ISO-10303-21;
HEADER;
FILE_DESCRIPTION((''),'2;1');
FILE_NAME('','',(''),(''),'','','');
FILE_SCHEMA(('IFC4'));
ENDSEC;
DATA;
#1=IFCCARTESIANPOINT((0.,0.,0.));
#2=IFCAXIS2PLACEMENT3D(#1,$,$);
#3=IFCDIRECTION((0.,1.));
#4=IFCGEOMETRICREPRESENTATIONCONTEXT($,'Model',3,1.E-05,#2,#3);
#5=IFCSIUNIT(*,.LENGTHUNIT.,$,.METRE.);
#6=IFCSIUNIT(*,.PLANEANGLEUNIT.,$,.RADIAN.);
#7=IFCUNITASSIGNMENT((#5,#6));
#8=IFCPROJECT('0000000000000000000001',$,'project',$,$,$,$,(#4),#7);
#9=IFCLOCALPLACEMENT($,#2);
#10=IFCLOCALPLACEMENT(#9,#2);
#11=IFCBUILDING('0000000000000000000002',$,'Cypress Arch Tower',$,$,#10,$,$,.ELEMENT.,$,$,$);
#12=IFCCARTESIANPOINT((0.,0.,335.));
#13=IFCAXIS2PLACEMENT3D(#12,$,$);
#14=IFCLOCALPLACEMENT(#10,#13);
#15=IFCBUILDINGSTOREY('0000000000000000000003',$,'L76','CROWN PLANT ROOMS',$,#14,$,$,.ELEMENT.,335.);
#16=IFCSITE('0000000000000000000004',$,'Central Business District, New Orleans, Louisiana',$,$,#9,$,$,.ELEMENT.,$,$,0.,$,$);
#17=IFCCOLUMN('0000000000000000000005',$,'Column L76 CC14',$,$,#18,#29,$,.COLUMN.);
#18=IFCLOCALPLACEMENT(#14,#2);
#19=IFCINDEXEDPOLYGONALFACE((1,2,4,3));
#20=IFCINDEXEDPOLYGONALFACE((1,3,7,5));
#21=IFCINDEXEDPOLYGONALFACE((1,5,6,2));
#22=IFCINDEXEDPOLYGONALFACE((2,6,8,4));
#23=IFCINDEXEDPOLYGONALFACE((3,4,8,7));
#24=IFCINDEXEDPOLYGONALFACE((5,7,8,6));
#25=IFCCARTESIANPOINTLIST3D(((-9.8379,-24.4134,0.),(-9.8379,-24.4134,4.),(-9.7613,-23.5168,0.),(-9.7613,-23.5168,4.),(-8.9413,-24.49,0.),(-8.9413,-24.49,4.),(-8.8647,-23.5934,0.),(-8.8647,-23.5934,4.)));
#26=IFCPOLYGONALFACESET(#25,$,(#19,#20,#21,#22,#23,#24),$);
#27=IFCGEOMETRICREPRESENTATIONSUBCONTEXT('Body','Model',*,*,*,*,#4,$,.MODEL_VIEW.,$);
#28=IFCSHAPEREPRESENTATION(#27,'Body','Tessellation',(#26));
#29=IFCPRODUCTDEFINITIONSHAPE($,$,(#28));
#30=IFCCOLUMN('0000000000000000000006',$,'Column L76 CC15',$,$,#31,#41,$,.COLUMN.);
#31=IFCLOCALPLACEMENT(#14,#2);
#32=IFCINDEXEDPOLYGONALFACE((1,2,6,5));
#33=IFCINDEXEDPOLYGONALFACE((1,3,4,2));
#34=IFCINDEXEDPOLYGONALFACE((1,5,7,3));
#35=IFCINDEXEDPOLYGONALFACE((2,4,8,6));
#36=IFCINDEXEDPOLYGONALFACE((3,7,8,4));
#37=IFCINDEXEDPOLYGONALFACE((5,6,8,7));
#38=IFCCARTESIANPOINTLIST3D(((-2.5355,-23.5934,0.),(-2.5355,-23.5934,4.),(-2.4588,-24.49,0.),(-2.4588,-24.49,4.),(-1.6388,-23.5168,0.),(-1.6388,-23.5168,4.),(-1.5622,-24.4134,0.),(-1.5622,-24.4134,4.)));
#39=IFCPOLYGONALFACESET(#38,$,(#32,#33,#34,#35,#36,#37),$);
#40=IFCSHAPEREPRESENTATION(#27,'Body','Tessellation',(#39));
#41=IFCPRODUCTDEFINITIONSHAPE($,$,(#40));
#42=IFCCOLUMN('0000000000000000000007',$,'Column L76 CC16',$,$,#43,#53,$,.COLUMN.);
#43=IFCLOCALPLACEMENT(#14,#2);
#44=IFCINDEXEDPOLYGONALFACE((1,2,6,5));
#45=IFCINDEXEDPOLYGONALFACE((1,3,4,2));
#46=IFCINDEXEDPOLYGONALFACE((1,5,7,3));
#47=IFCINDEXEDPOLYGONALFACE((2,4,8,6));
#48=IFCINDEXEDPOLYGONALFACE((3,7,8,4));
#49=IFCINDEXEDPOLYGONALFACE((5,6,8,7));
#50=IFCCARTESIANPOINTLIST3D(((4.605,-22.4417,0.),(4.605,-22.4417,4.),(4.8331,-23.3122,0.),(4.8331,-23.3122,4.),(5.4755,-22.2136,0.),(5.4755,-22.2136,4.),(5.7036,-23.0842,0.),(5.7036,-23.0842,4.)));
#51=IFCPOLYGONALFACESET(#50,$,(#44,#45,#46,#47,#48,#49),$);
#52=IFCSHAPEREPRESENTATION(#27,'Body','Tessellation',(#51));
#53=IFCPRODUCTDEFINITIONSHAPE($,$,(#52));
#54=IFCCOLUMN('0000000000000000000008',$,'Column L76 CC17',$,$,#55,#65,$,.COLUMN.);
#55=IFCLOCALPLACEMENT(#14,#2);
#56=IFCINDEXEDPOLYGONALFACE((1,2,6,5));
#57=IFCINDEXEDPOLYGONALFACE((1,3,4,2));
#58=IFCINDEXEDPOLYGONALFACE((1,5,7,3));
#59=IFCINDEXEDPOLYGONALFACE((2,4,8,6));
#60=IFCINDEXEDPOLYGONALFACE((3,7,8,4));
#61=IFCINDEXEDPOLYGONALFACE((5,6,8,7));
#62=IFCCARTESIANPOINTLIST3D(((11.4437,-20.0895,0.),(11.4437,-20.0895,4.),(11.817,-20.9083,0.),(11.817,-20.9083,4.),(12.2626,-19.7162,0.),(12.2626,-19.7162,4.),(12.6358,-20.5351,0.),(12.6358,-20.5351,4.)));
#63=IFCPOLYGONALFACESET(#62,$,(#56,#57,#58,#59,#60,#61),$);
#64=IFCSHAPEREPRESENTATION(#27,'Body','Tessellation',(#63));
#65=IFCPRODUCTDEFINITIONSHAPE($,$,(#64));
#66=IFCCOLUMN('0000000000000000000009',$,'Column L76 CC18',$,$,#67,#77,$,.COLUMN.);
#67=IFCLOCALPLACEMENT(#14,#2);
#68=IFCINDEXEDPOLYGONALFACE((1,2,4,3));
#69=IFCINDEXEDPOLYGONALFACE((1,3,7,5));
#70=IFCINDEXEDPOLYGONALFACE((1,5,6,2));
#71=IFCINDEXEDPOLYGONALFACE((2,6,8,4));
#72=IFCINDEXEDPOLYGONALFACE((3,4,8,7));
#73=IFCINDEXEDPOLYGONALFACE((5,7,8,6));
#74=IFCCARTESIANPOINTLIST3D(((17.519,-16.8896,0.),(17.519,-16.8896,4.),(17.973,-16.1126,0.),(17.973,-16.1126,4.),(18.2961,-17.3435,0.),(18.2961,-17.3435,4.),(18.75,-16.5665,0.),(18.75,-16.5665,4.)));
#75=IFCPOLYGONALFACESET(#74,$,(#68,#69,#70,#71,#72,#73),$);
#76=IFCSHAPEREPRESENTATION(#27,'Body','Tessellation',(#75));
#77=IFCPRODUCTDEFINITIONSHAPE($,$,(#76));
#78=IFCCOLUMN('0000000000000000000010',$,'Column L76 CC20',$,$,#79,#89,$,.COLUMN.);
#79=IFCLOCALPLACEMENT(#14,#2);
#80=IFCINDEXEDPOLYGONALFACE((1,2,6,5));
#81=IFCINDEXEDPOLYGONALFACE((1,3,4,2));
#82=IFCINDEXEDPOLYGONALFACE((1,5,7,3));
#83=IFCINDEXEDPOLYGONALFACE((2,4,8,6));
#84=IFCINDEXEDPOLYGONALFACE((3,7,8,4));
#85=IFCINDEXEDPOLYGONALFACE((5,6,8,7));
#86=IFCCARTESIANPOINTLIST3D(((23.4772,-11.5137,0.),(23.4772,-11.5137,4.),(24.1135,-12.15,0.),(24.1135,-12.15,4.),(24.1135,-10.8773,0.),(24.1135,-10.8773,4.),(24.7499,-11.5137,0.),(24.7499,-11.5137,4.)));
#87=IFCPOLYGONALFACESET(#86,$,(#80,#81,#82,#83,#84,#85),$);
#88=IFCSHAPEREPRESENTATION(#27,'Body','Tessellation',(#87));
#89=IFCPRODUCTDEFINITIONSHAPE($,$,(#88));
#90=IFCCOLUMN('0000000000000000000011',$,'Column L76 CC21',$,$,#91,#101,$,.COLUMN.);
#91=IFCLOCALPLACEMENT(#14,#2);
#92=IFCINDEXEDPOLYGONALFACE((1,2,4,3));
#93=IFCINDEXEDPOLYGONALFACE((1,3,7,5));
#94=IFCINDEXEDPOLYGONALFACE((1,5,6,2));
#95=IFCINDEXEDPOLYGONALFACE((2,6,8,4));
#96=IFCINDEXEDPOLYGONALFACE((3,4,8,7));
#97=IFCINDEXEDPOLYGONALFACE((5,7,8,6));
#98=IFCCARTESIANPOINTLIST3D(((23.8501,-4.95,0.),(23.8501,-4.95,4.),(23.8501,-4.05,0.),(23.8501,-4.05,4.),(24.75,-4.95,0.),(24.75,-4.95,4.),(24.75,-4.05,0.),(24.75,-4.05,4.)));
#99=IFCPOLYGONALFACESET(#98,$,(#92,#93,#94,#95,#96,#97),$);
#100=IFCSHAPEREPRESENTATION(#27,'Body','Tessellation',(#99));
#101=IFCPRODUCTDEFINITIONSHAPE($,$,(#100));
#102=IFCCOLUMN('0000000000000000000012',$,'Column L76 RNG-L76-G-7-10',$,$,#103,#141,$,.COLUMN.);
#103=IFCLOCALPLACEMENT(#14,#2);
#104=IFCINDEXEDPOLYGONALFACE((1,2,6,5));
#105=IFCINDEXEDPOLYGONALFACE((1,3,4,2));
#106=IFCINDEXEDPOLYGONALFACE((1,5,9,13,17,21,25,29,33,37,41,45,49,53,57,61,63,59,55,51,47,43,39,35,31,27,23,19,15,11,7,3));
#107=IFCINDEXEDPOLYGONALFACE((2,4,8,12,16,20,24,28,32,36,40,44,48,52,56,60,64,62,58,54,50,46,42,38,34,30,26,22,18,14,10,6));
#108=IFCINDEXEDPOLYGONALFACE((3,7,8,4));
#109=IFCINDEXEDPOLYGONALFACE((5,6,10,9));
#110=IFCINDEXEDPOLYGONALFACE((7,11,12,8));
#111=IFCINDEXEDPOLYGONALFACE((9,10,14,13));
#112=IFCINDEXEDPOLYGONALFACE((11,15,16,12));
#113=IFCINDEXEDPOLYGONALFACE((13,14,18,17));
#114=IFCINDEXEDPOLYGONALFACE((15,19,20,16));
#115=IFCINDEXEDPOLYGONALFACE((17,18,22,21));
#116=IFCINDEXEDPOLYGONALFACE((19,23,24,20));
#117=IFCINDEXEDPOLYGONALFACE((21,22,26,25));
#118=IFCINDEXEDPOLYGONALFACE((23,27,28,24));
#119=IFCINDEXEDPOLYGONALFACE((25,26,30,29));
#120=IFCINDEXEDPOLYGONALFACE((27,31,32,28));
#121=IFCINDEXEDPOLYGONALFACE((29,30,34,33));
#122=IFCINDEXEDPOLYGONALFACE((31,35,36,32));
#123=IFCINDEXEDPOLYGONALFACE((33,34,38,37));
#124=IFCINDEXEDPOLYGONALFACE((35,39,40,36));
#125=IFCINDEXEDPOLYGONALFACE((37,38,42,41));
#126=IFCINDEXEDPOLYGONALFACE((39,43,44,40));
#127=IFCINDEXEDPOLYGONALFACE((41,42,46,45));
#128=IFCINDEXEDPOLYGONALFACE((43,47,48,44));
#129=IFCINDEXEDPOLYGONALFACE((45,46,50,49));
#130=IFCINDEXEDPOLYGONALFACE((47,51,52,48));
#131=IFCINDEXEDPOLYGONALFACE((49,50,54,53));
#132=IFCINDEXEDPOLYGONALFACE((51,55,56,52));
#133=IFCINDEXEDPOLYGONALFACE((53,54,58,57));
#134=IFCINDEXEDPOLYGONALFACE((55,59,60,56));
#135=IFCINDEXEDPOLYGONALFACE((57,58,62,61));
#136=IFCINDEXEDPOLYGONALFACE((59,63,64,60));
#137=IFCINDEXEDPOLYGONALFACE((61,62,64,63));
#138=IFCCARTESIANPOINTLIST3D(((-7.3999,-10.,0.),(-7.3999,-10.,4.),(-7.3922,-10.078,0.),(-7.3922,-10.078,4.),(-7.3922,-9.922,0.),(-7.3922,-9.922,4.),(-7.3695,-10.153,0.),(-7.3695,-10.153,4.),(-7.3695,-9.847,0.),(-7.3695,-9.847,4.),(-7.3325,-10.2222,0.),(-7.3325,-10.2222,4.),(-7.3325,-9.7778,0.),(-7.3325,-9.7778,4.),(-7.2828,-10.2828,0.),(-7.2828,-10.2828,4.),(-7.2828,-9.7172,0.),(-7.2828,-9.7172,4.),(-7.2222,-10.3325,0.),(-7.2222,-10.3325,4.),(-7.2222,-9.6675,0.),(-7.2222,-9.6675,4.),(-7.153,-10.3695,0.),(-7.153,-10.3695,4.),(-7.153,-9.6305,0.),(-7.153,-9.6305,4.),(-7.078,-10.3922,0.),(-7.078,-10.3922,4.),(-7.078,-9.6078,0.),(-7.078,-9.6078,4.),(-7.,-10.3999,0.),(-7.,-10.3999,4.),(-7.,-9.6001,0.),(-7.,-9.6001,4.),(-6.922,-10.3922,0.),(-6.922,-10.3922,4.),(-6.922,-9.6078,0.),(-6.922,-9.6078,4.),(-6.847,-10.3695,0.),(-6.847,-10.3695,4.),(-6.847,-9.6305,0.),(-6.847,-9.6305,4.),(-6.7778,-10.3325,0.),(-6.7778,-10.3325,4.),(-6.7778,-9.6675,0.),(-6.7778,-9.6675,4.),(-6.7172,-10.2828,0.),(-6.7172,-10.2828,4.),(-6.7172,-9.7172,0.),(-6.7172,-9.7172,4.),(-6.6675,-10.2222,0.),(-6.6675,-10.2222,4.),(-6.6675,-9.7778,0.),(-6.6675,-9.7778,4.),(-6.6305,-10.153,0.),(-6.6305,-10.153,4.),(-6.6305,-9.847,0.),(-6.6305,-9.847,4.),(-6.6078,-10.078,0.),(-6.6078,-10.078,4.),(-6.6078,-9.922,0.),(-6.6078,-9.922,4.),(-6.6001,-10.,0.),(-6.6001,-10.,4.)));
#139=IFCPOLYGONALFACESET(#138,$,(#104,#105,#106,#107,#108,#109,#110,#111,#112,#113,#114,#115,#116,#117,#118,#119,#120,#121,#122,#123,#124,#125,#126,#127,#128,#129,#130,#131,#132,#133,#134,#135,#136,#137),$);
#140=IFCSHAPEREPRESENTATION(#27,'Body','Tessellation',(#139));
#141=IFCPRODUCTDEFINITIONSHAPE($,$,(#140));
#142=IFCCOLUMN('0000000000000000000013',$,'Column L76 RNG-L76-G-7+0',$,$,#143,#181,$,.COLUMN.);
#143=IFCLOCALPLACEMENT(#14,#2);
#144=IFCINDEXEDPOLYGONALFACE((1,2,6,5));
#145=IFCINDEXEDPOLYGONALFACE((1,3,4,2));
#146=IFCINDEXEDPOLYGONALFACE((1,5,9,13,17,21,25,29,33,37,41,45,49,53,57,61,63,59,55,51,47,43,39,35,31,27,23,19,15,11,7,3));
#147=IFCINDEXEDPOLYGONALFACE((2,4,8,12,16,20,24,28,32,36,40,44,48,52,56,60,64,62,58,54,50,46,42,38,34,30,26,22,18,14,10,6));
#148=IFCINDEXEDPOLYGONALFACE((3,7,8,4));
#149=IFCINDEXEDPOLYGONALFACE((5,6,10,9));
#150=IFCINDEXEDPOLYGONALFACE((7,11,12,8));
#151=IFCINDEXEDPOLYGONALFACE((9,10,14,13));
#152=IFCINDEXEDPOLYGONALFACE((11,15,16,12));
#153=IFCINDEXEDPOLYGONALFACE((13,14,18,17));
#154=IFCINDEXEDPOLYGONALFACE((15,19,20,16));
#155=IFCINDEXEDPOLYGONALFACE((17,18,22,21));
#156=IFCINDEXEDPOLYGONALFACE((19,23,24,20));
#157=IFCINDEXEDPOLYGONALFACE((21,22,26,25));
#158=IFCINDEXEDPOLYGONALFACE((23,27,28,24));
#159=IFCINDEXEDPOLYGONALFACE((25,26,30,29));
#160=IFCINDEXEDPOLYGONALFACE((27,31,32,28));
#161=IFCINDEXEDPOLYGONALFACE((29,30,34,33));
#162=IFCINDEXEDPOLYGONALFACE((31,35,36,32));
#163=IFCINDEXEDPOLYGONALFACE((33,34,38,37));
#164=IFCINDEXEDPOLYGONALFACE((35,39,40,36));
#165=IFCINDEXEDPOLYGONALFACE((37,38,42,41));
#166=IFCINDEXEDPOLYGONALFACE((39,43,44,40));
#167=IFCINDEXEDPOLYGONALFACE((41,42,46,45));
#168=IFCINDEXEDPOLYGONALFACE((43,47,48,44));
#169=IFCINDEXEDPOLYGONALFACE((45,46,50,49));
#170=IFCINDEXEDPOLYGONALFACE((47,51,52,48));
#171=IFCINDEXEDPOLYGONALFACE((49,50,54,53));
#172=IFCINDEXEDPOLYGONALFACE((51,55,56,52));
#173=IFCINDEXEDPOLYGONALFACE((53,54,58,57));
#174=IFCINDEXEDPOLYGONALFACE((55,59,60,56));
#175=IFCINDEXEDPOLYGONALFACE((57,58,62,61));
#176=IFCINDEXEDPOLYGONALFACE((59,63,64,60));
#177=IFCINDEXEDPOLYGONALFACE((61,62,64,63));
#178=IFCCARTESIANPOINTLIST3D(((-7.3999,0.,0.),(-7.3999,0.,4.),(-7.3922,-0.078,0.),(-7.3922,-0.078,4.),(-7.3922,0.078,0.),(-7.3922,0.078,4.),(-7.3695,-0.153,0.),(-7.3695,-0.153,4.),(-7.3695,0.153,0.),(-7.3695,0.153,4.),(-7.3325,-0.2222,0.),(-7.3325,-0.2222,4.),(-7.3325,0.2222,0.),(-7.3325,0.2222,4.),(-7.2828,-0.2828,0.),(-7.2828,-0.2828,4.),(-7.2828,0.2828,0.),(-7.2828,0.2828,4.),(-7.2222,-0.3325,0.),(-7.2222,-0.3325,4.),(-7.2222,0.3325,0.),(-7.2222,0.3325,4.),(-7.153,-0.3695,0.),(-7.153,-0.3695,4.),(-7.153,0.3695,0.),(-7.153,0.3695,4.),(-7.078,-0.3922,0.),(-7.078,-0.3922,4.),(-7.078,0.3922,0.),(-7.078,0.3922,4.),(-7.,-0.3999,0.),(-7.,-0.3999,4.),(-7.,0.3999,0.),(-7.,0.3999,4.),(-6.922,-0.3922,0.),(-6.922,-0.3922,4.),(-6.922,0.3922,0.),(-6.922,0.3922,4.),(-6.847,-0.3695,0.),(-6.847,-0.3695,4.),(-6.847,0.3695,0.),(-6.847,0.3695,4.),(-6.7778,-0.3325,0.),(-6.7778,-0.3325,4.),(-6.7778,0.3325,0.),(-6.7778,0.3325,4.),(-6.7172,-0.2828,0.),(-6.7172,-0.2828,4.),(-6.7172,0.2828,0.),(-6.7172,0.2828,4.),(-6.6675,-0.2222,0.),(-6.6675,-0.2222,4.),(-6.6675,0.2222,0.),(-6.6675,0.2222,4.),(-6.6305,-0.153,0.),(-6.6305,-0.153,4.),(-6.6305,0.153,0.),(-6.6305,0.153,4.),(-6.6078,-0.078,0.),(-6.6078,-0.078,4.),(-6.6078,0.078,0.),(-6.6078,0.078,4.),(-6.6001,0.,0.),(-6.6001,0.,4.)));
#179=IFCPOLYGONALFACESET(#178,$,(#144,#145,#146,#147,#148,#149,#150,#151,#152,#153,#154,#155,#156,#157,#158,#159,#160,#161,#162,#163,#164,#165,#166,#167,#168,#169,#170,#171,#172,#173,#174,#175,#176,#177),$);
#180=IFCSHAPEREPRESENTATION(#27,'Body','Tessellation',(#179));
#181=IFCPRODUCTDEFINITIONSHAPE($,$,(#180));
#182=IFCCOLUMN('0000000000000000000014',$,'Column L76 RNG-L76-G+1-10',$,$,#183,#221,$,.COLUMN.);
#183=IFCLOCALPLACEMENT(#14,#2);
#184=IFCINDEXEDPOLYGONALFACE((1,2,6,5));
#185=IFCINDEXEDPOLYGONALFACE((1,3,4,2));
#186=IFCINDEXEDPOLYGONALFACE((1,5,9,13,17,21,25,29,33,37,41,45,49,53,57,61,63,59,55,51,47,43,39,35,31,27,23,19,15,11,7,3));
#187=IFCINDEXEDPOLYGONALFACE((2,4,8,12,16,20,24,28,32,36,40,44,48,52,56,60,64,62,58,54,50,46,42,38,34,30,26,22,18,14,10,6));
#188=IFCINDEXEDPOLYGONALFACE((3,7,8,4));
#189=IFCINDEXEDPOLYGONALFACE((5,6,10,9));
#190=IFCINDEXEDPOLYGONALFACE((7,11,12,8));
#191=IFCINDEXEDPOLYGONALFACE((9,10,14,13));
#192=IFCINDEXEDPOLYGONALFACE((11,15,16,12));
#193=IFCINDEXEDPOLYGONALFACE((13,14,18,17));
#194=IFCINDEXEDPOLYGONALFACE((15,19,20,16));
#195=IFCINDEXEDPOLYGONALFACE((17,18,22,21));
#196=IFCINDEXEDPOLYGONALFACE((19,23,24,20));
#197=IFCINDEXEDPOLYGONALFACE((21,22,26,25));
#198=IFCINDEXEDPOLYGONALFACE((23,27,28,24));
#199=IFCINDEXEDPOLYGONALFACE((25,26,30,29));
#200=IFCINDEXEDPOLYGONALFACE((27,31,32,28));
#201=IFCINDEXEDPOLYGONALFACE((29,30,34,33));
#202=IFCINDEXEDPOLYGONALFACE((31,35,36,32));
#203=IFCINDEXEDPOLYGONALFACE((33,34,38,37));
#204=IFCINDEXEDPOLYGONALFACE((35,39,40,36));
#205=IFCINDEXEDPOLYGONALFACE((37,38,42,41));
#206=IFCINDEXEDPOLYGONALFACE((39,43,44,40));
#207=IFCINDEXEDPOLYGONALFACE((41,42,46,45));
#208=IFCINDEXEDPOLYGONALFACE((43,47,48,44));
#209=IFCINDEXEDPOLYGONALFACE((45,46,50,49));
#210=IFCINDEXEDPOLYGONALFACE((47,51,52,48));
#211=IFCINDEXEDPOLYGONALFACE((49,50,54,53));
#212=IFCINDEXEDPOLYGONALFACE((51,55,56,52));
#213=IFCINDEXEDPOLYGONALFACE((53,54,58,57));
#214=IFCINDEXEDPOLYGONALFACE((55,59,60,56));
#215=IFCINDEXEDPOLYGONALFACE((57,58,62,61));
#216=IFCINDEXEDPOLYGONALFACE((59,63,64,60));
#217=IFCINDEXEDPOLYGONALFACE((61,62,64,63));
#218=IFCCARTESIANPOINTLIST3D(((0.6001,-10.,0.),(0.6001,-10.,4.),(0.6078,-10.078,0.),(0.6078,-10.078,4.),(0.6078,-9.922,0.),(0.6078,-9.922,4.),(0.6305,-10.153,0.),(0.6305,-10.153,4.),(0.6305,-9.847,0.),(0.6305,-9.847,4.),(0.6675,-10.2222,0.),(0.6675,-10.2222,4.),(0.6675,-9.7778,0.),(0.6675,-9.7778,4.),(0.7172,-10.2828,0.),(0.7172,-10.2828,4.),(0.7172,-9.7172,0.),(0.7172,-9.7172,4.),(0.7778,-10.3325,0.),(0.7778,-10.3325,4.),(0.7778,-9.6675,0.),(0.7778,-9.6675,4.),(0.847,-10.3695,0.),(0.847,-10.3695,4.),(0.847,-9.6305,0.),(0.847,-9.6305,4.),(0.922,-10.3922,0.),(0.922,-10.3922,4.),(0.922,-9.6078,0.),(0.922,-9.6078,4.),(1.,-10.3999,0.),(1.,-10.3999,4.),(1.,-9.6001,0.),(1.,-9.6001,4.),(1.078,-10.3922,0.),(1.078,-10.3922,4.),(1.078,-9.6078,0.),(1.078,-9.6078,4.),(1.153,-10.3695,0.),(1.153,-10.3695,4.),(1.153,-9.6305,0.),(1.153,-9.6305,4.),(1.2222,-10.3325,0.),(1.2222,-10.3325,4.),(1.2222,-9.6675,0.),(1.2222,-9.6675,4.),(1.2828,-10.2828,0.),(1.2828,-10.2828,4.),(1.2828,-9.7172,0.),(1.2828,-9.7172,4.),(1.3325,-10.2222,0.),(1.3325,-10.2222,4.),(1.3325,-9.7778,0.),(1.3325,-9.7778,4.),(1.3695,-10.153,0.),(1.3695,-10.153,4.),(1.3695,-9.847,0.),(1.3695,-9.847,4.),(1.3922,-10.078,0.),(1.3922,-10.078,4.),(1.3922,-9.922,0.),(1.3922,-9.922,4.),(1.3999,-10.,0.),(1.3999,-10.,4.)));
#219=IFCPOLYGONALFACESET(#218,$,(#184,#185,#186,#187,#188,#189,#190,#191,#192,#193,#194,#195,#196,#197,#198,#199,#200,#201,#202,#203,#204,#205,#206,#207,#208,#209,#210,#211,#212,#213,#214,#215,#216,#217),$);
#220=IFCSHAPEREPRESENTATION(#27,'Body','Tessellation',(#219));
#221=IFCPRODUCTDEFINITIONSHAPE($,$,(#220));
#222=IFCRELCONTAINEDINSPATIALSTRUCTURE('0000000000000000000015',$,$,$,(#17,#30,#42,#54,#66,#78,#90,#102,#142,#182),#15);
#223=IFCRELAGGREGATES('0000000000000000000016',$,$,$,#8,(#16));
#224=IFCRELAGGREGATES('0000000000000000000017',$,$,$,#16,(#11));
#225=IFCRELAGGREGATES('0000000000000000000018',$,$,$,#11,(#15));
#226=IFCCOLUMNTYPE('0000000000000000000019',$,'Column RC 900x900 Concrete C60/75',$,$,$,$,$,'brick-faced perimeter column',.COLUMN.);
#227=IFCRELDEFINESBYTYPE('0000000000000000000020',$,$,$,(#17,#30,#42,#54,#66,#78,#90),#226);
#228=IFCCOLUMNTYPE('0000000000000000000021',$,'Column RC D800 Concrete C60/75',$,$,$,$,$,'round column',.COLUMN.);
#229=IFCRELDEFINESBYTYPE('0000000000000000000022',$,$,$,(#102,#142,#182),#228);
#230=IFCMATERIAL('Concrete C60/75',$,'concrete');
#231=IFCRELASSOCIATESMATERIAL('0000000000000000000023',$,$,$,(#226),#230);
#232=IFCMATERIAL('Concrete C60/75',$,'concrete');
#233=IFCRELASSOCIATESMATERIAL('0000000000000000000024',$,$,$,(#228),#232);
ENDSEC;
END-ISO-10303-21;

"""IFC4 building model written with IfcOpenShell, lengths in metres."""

from ifc_helpers import new_model, si_unit, direction, frame, origin, origin_2d, place, context, subcontext, project, spatial, rectangle, circle, extrude, material, material_profile, profile_set, type_object, element, save


model = new_model("IFC4")

# Units and contexts
model_context = context("Model", 3, precision=1e-05, world=origin(), true_north=direction((0.0, 1.0)))
body_context = subcontext(model_context, "Body", "Model", "MODEL_VIEW")
ifc_project = project(units=[si_unit("LENGTHUNIT", "METRE"), si_unit("PLANEANGLEUNIT", "RADIAN")], contexts=[model_context])

# Site, building, storey
site_placement = place(None, origin())
site = spatial("IfcSite", under=ifc_project, at=site_placement, Name="Central Business District, New Orleans, Louisiana", CompositionType="ELEMENT", RefElevation=0.0)
building_placement = place(site_placement, origin())
building = spatial("IfcBuilding", under=site, at=building_placement, Name="Cypress Arch Tower", CompositionType="ELEMENT")
storey_placement = place(building_placement, frame((0.0, 0.0, 335.0)))
storey = spatial("IfcBuildingStorey", under=building, at=storey_placement, Name="L76", Description="CROWN PLANT ROOMS", CompositionType="ELEMENT", Elevation=335.0)

# Columns
ifc_material_1 = material(Name="Concrete C60/75", Category="concrete")
ifc_material_profile_1 = material_profile(ifc_material_1, rectangle(XDim=0.8999, YDim=0.8999, at=origin_2d()), Name="RC 900x900")
ifc_profile_set_1 = profile_set([ifc_material_profile_1], Name="Concrete C60/75")
column_type_1 = type_object("IfcColumnType", Name="Column RC 900x900 Concrete C60/75", ElementType="brick-faced perimeter column", PredefinedType="COLUMN", material=ifc_profile_set_1)
for number, where, z_axis, x_axis, name in (
    (1, (-9.3513, -24.0034, 0.0), (0.0, 0.0, 1.0), (0.996368, -0.085149, 0.0), "Column L76 CC14"),
    (2, (-2.0488, -24.0034, 0.0), (0.0, 0.0, 1.0), (0.996368, 0.085149, 0.0), "Column L76 CC15"),
    (3, (5.1543, -22.7629, 0.0), (0.0, 0.0, 1.0), (0.967356, 0.253422, 0.0), "Column L76 CC16"),
    (4, (12.0398, -20.3123, 0.0), (0.0, 0.0, 1.0), (0.909932, 0.414757, 0.0), "Column L76 CC17"),
    (5, (18.1345, -16.728, 0.0), (0.0, 0.0, 1.0), (0.504399, 0.863471, 0.0), "Column L76 CC18"),
    (6, (24.1135, -11.5137, 0.0), (0.0, 0.0, 1.0), (0.707107, 0.707107, 0.0), "Column L76 CC20"),
    (7, (24.3, -4.5, 0.0), (0.0, 0.0, 1.0), (0.0, 1.0, 0.0), "Column L76 CC21"),
):
    element("IfcColumn", number, at=place(storey_placement, frame(where, z_axis=z_axis, x_axis=x_axis)), inside=storey, type_object=column_type_1, Name=name, PredefinedType="COLUMN", context=body_context, shape_type="SweptSolid", body=[
        extrude(rectangle(XDim=0.8999, YDim=0.8999, at=origin_2d()), origin(), (0.0, 0.0, 1.0), 4.0),
    ])
ifc_material_2 = material(Name="Concrete C60/75", Category="concrete")
ifc_material_profile_2 = material_profile(ifc_material_2, circle(Radius=0.3999, at=origin_2d()), Name="RC D800")
ifc_profile_set_2 = profile_set([ifc_material_profile_2], Name="Concrete C60/75")
column_type_2 = type_object("IfcColumnType", Name="Column RC D800 Concrete C60/75", ElementType="round column", PredefinedType="COLUMN", material=ifc_profile_set_2)
for number, where, z_axis, x_axis, name in (
    (8, (-7.0, -10.0, 0.0), (0.0, 0.0, 1.0), (1.0, 0.0, 0.0), "Column L76 RNG-L76-G-7-10"),
    (9, (-7.0, 0.0, 0.0), (0.0, 0.0, 1.0), (1.0, 0.0, 0.0), "Column L76 RNG-L76-G-7+0"),
    (10, (1.0, -10.0, 0.0), (0.0, 0.0, 1.0), (1.0, 0.0, 0.0), "Column L76 RNG-L76-G+1-10"),
):
    element("IfcColumn", number, at=place(storey_placement, frame(where, z_axis=z_axis, x_axis=x_axis)), inside=storey, type_object=column_type_2, Name=name, PredefinedType="COLUMN", context=body_context, shape_type="SweptSolid", body=[
        extrude(circle(Radius=0.3999, at=origin_2d()), origin(), (0.0, 0.0, 1.0), 4.0),
    ])

save(model, "model.ifc")
